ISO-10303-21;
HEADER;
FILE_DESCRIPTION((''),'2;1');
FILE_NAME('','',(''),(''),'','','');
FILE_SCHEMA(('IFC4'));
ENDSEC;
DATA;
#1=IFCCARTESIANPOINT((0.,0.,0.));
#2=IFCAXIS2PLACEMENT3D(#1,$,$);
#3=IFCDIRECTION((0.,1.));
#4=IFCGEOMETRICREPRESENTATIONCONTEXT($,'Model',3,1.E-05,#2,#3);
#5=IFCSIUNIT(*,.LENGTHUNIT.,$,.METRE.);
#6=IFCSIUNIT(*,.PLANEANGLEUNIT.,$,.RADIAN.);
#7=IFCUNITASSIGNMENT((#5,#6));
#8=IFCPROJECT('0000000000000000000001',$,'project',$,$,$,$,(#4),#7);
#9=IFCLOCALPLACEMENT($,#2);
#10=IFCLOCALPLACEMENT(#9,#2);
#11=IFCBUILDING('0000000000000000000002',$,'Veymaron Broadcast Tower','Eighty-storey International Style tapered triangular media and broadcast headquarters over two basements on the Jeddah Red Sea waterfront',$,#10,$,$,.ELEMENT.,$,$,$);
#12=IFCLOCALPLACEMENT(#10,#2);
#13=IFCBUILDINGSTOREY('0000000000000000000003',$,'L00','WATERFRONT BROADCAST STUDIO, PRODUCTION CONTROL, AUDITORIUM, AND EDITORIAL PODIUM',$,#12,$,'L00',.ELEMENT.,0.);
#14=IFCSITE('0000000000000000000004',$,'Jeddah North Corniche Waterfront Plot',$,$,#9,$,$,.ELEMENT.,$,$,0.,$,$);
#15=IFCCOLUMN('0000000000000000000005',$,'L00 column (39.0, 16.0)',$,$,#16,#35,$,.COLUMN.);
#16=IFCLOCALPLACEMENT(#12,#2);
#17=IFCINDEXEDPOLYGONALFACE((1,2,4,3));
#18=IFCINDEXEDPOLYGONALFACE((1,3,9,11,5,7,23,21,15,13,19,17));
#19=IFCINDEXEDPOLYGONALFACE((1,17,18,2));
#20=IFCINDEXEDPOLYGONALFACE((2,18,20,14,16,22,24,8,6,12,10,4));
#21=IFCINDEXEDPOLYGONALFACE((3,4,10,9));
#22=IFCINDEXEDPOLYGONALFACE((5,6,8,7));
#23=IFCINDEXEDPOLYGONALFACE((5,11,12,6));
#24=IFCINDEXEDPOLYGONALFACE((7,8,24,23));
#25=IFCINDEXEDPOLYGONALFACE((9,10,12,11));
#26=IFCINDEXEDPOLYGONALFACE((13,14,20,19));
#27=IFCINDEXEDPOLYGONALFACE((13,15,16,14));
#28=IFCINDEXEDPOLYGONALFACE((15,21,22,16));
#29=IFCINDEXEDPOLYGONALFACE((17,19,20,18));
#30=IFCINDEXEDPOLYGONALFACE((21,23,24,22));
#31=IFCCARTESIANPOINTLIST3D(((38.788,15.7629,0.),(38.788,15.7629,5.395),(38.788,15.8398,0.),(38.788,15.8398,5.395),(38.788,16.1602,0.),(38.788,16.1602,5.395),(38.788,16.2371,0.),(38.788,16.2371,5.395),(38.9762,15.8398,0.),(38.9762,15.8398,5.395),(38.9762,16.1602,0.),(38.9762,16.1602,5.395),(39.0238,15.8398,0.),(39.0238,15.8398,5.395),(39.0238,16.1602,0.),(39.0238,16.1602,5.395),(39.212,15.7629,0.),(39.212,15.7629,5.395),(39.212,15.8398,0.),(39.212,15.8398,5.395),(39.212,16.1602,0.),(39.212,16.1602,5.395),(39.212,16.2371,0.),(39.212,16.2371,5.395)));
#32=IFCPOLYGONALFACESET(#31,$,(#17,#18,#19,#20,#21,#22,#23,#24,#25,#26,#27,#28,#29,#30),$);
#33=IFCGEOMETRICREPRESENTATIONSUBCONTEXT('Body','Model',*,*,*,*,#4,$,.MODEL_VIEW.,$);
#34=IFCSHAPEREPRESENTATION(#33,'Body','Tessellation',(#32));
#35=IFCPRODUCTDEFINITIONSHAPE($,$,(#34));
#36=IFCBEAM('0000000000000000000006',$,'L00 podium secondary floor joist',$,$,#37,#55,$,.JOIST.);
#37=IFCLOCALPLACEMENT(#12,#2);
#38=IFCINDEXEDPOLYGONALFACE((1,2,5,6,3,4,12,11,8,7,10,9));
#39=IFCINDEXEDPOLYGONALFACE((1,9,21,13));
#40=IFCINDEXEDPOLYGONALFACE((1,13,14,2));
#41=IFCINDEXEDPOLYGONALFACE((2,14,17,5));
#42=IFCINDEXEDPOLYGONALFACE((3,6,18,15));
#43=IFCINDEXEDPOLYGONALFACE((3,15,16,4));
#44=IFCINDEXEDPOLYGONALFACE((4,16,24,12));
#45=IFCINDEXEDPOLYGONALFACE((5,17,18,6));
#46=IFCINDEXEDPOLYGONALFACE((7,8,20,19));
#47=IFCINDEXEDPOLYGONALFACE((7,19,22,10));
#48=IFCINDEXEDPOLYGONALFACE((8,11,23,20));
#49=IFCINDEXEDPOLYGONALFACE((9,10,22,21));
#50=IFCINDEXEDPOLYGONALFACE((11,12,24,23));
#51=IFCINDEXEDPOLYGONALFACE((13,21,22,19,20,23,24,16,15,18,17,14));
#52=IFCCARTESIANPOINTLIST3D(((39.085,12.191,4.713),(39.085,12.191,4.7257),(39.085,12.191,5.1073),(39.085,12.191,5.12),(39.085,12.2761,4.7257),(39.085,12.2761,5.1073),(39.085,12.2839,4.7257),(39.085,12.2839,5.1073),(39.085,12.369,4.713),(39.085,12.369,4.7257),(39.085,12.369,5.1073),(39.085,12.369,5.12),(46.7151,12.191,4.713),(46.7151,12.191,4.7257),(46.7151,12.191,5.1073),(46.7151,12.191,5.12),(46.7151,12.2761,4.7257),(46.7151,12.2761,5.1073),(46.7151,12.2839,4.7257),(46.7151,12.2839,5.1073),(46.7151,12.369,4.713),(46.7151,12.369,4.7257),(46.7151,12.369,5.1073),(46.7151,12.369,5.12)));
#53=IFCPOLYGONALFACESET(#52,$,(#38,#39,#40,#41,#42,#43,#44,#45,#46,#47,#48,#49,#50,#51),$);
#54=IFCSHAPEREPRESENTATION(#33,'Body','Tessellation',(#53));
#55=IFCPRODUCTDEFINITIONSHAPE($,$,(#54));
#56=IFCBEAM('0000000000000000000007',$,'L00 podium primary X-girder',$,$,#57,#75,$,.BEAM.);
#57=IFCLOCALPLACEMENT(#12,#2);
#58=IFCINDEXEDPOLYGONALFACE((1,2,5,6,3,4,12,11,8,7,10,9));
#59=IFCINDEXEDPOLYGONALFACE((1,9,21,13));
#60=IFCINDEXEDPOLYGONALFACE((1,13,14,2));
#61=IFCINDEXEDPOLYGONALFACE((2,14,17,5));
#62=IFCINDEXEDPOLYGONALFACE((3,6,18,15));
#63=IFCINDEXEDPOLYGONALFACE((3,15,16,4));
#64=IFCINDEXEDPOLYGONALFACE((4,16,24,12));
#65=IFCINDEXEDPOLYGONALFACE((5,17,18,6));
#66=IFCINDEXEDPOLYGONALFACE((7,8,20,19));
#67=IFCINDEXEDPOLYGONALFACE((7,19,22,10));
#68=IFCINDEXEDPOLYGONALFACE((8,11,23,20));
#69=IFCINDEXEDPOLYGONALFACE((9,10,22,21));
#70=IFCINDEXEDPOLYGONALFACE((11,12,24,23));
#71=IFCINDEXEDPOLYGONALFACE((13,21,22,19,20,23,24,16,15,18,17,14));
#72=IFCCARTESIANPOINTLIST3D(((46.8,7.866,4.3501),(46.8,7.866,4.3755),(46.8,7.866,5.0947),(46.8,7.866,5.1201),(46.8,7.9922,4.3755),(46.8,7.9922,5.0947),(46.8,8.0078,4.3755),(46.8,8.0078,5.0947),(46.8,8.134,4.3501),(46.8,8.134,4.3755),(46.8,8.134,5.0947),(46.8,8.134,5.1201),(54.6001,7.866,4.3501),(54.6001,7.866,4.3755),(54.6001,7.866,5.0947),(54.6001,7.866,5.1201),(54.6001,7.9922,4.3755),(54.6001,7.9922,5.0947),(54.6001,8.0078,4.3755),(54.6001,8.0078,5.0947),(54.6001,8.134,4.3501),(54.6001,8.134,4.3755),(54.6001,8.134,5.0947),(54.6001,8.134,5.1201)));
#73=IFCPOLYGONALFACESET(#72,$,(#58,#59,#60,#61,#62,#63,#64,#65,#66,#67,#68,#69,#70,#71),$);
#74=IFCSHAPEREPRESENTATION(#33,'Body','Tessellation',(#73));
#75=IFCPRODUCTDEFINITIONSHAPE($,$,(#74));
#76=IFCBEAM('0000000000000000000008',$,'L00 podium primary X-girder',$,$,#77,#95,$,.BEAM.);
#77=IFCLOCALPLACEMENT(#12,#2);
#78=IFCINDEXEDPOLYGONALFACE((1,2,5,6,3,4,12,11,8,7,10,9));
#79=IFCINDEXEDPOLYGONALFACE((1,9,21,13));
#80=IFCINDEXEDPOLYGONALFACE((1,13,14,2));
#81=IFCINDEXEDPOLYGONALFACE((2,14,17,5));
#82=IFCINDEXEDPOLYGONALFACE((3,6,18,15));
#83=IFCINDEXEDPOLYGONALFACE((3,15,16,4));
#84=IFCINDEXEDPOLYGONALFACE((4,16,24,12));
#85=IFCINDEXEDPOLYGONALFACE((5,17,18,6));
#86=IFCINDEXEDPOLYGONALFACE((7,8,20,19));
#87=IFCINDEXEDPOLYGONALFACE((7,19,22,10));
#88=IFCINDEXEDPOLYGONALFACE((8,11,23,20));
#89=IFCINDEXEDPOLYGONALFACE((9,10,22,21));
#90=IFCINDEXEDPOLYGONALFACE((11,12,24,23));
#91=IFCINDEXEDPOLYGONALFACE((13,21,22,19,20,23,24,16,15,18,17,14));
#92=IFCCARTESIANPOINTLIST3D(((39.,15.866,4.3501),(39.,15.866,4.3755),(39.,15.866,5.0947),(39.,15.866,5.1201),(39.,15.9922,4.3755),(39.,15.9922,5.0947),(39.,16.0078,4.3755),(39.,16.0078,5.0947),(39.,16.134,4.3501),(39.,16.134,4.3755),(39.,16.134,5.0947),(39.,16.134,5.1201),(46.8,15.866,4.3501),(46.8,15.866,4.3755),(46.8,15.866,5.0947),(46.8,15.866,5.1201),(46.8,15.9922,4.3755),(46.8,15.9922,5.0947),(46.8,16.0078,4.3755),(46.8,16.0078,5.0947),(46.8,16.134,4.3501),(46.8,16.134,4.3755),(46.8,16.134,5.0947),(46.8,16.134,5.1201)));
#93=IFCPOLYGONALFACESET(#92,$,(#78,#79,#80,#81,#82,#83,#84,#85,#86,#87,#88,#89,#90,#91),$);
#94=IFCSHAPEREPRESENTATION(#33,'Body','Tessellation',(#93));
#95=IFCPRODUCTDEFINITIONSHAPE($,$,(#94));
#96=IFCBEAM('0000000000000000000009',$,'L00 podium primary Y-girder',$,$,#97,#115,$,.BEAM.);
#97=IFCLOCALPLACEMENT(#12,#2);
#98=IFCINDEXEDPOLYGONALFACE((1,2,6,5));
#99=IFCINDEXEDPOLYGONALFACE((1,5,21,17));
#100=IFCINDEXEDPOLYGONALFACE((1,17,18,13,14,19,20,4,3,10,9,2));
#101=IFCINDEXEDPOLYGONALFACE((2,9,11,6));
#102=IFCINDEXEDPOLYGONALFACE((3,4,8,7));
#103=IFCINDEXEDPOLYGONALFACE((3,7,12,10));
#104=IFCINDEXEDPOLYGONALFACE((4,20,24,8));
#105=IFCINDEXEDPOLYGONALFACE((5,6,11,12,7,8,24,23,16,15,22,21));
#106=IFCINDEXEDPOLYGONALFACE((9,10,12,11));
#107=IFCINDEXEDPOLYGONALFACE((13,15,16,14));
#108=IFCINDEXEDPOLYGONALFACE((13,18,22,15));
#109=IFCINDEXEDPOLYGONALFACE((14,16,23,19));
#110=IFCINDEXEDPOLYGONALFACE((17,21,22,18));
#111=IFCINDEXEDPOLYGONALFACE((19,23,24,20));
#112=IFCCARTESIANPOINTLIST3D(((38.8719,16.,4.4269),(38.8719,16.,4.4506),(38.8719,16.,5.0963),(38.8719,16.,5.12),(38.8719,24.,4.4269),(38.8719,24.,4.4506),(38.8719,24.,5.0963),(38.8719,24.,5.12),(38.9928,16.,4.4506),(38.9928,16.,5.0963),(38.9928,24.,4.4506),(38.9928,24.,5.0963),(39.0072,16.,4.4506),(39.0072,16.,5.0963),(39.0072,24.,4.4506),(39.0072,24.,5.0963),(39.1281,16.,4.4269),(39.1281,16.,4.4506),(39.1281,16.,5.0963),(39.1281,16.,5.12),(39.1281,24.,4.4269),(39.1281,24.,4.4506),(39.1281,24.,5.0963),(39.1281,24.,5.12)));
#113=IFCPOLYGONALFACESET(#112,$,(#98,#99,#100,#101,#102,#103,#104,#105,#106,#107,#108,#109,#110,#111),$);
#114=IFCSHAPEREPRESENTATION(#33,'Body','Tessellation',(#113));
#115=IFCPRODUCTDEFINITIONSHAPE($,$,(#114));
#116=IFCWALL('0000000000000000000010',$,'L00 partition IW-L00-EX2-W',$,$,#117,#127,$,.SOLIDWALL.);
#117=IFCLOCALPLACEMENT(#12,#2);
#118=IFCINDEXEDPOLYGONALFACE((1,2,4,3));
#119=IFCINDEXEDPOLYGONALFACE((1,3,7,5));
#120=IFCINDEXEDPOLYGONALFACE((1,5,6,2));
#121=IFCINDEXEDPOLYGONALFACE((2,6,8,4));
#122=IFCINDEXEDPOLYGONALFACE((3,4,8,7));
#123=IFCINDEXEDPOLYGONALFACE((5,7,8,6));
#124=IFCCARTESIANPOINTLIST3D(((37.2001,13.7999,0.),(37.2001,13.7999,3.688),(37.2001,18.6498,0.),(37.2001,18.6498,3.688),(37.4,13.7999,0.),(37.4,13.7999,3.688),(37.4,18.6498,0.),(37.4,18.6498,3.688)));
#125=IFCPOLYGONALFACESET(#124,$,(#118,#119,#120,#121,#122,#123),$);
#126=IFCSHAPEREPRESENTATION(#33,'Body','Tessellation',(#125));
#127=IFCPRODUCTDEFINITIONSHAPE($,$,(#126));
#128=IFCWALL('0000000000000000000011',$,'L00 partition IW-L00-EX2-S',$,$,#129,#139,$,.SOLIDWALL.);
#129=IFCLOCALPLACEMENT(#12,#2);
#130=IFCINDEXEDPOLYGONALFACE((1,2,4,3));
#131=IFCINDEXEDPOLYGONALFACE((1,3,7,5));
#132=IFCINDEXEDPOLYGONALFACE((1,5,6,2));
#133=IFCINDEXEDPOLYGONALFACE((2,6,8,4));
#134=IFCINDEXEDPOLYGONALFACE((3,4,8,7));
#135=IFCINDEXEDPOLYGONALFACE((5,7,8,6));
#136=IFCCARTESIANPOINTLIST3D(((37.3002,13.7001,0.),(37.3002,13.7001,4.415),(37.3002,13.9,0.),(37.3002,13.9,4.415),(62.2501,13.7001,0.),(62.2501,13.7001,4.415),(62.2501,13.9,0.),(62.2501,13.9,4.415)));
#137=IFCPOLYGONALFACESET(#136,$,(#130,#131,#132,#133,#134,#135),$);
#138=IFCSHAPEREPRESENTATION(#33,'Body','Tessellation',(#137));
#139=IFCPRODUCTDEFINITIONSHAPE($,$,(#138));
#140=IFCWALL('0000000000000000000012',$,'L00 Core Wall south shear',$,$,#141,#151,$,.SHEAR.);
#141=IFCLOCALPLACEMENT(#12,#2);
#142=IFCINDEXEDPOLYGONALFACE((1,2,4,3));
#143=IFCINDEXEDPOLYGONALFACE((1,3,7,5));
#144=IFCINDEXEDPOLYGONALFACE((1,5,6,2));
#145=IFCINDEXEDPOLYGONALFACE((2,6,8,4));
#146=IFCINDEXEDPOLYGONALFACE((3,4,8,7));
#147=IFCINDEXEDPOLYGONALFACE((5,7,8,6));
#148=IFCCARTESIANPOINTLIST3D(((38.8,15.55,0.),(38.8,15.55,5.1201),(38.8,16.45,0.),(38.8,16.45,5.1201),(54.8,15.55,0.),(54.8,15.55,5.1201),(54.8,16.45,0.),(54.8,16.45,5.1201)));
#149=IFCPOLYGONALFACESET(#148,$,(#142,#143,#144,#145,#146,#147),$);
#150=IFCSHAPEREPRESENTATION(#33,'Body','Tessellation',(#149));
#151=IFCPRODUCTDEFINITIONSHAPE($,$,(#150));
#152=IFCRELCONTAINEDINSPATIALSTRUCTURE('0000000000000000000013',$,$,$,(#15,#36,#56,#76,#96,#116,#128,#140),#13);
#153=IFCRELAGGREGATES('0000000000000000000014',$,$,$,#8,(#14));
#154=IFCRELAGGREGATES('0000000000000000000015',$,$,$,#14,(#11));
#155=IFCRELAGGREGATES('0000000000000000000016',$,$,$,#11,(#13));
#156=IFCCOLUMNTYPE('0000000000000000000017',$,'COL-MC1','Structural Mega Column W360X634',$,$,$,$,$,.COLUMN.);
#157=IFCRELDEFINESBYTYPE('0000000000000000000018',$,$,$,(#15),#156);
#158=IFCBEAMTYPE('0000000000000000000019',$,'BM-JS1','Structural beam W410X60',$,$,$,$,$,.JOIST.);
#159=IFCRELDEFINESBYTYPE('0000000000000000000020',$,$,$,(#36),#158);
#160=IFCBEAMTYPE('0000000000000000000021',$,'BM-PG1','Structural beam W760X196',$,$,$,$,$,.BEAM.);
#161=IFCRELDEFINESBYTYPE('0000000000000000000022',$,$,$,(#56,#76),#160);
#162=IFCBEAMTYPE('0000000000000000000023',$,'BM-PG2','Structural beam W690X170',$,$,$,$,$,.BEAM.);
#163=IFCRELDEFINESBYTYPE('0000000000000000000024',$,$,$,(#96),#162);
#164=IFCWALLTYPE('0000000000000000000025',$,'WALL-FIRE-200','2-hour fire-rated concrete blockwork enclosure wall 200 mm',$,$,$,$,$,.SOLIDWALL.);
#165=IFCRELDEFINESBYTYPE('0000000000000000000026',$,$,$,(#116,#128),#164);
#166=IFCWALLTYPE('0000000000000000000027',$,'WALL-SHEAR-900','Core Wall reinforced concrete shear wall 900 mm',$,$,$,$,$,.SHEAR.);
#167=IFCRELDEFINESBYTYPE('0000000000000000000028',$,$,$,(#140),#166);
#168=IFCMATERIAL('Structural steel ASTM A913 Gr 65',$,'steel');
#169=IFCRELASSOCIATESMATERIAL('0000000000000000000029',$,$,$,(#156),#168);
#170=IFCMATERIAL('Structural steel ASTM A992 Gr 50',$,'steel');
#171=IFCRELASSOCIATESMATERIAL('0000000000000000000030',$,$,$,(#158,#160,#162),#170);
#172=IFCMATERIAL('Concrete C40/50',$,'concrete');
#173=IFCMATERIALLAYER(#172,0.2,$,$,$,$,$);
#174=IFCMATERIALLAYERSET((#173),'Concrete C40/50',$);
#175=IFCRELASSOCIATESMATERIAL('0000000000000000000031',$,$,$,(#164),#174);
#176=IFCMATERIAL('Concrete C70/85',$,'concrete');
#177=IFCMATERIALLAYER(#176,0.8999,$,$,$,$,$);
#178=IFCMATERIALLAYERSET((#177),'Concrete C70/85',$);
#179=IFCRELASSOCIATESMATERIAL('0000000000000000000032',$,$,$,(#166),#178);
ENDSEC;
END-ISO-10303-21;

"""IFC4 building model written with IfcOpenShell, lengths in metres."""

from ifc_helpers import new_model, si_unit, direction, frame, frame_2d, origin, origin_2d, place, context, subcontext, project, spatial, rectangle, i_section, extrude, material, layer, layer_set, material_profile, profile_set, type_object, element, save


model = new_model("IFC4")

# Units and contexts
model_context = context("Model", 3, precision=1e-05, world=origin(), true_north=direction((0.0, 1.0)))
body_context = subcontext(model_context, "Body", "Model", "MODEL_VIEW")
ifc_project = project(units=[si_unit("LENGTHUNIT", "METRE"), si_unit("PLANEANGLEUNIT", "RADIAN")], contexts=[model_context])

# Site, building, storey
site_placement = place(None, origin())
site = spatial("IfcSite", under=ifc_project, at=site_placement, Name="Jeddah North Corniche Waterfront Plot", CompositionType="ELEMENT", RefElevation=0.0)
building_placement = place(site_placement, origin())
building = spatial("IfcBuilding", under=site, at=building_placement, Name="Veymaron Broadcast Tower", Description="Eighty-storey International Style tapered triangular media and broadcast headquarters over two basements on the Jeddah Red Sea waterfront", CompositionType="ELEMENT")
storey_placement = place(building_placement, origin())
storey = spatial("IfcBuildingStorey", under=building, at=storey_placement, Name="L00", Description="WATERFRONT BROADCAST STUDIO, PRODUCTION CONTROL, AUDITORIUM, AND EDITORIAL PODIUM", LongName="L00", CompositionType="ELEMENT", Elevation=0.0)

# Column
ifc_material_1 = material(Name="Structural steel ASTM A913 Gr 65", Category="steel")
ifc_material_profile_1 = material_profile(ifc_material_1, i_section(OverallWidth=0.4241, OverallDepth=0.4741, WebThickness=0.0476, FlangeThickness=0.0769, at=origin_2d()), Name="W360X634")
ifc_profile_set_1 = profile_set([ifc_material_profile_1], Name="Structural steel ASTM A913 Gr 65")
column_type = type_object("IfcColumnType", Name="COL-MC1", Description="Structural Mega Column W360X634", PredefinedType="COLUMN", material=ifc_profile_set_1)
column_placement = place(storey_placement, frame((39.0, 16.0, 0.0), z_axis=(0.0, 0.0, 1.0), x_axis=(1.0, 0.0, 0.0)))
element("IfcColumn", 1, at=column_placement, inside=storey, type_object=column_type, Name="L00 column (39.0, 16.0)", PredefinedType="COLUMN", context=body_context, shape_type="SweptSolid", body=[
    extrude(i_section(OverallWidth=0.4241, OverallDepth=0.4741, WebThickness=0.0476, FlangeThickness=0.0769, at=origin_2d()), origin(), (0.0, 0.0, 1.0), 5.395),
])

# Beams
ifc_material_2 = material(Name="Structural steel ASTM A992 Gr 50", Category="steel")
ifc_material_profile_2 = material_profile(ifc_material_2, i_section(OverallWidth=0.178, OverallDepth=0.407, WebThickness=0.0078, FlangeThickness=0.0127, at=origin_2d()), Name="W410X60")
ifc_profile_set_2 = profile_set([ifc_material_profile_2], Name="Structural steel ASTM A992 Gr 50")
beam_type_1 = type_object("IfcBeamType", Name="BM-JS1", Description="Structural beam W410X60", PredefinedType="JOIST", material=ifc_profile_set_2)
beam_1_placement = place(storey_placement, frame((39.085, 12.28, 4.9165), z_axis=(1.0, 0.0, 0.0), x_axis=(0.0, 1.0, 0.0)))
element("IfcBeam", 2, at=beam_1_placement, inside=storey, type_object=beam_type_1, Name="L00 podium secondary floor joist", PredefinedType="JOIST", context=body_context, shape_type="SweptSolid", body=[
    extrude(i_section(OverallWidth=0.178, OverallDepth=0.407, WebThickness=0.0078, FlangeThickness=0.0127, at=origin_2d()), origin(), (0.0, 0.0, 1.0), 7.6301),
])
ifc_material_profile_3 = material_profile(ifc_material_2, i_section(OverallWidth=0.2681, OverallDepth=0.77, WebThickness=0.0156, FlangeThickness=0.0254, at=origin_2d()), Name="W760X196")
ifc_profile_set_3 = profile_set([ifc_material_profile_3], Name="Structural steel ASTM A992 Gr 50")
beam_type_2 = type_object("IfcBeamType", Name="BM-PG1", Description="Structural beam W760X196", PredefinedType="BEAM", material=ifc_profile_set_3)
for number, where, z_axis, x_axis, name in (
    (3, (46.8, 8.0, 4.7351), (1.0, 0.0, 0.0), (0.0, 1.0, 0.0), "L00 podium primary X-girder"),
    (4, (39.0, 16.0, 4.7351), (1.0, 0.0, 0.0), (0.0, 1.0, 0.0), "L00 podium primary X-girder"),
):
    element("IfcBeam", number, at=place(storey_placement, frame(where, z_axis=z_axis, x_axis=x_axis)), inside=storey, type_object=beam_type_2, Name=name, PredefinedType="BEAM", context=body_context, shape_type="SweptSolid", body=[
        extrude(i_section(OverallWidth=0.2681, OverallDepth=0.77, WebThickness=0.0156, FlangeThickness=0.0254, at=origin_2d()), origin(), (0.0, 0.0, 1.0), 7.8),
    ])
ifc_material_profile_4 = material_profile(ifc_material_2, i_section(OverallWidth=0.2561, OverallDepth=0.6931, WebThickness=0.0144, FlangeThickness=0.0237, at=origin_2d()), Name="W690X170")
ifc_profile_set_4 = profile_set([ifc_material_profile_4], Name="Structural steel ASTM A992 Gr 50")
beam_type_3 = type_object("IfcBeamType", Name="BM-PG2", Description="Structural beam W690X170", PredefinedType="BEAM", material=ifc_profile_set_4)
beam_2_placement = place(storey_placement, frame((39.0, 16.0, 4.7734), z_axis=(0.0, 1.0, 0.0), x_axis=(-1.0, 0.0, 0.0)))
element("IfcBeam", 5, at=beam_2_placement, inside=storey, type_object=beam_type_3, Name="L00 podium primary Y-girder", PredefinedType="BEAM", context=body_context, shape_type="SweptSolid", body=[
    extrude(i_section(OverallWidth=0.2561, OverallDepth=0.6931, WebThickness=0.0144, FlangeThickness=0.0237, at=origin_2d()), origin(), (0.0, 0.0, 1.0), 8.0),
])

# Walls
ifc_material_3 = material(Name="Concrete C40/50", Category="concrete")
ifc_layer_1 = layer(ifc_material_3, 0.2)
ifc_layer_set_1 = layer_set([ifc_layer_1], Name="Concrete C40/50")
wall_type_1 = type_object("IfcWallType", Name="WALL-FIRE-200", Description="2-hour fire-rated concrete blockwork enclosure wall 200 mm", PredefinedType="SOLIDWALL", material=ifc_layer_set_1)
wall_1_placement = place(storey_placement, frame((37.3, 13.8, 0.0), z_axis=(0.0, 0.0, 1.0), x_axis=(0.0, 1.0, 0.0)))
element("IfcWall", 6, at=wall_1_placement, inside=storey, type_object=wall_type_1, Name="L00 partition IW-L00-EX2-W", PredefinedType="SOLIDWALL", context=body_context, shape_type="SweptSolid", body=[
    extrude(rectangle(XDim=4.8499, YDim=0.2, at=frame_2d((2.4248, 0.0))), origin(), (0.0, 0.0, 1.0), 3.688),
])
wall_2_placement = place(storey_placement, frame((37.3, 13.8, 0.0), z_axis=(0.0, 0.0, 1.0), x_axis=(1.0, 0.0, 0.0)))
element("IfcWall", 7, at=wall_2_placement, inside=storey, type_object=wall_type_1, Name="L00 partition IW-L00-EX2-S", PredefinedType="SOLIDWALL", context=body_context, shape_type="SweptSolid", body=[
    extrude(rectangle(XDim=24.95, YDim=0.2, at=frame_2d((12.4751, 0.0))), origin(), (0.0, 0.0, 1.0), 4.415),
])
ifc_material_4 = material(Name="Concrete C70/85", Category="concrete")
ifc_layer_2 = layer(ifc_material_4, 0.8999)
ifc_layer_set_2 = layer_set([ifc_layer_2], Name="Concrete C70/85")
wall_type_2 = type_object("IfcWallType", Name="WALL-SHEAR-900", Description="Core Wall reinforced concrete shear wall 900 mm", PredefinedType="SHEAR", material=ifc_layer_set_2)
wall_3_placement = place(storey_placement, frame((38.8, 16.0, 0.0), z_axis=(0.0, 0.0, 1.0), x_axis=(1.0, 0.0, 0.0)))
element("IfcWall", 8, at=wall_3_placement, inside=storey, type_object=wall_type_2, Name="L00 Core Wall south shear", PredefinedType="SHEAR", context=body_context, shape_type="SweptSolid", body=[
    extrude(rectangle(XDim=16.0, YDim=0.8999, at=frame_2d((8.0, 0.0))), origin(), (0.0, 0.0, 1.0), 5.1201),
])

save(model, "model.ifc")
